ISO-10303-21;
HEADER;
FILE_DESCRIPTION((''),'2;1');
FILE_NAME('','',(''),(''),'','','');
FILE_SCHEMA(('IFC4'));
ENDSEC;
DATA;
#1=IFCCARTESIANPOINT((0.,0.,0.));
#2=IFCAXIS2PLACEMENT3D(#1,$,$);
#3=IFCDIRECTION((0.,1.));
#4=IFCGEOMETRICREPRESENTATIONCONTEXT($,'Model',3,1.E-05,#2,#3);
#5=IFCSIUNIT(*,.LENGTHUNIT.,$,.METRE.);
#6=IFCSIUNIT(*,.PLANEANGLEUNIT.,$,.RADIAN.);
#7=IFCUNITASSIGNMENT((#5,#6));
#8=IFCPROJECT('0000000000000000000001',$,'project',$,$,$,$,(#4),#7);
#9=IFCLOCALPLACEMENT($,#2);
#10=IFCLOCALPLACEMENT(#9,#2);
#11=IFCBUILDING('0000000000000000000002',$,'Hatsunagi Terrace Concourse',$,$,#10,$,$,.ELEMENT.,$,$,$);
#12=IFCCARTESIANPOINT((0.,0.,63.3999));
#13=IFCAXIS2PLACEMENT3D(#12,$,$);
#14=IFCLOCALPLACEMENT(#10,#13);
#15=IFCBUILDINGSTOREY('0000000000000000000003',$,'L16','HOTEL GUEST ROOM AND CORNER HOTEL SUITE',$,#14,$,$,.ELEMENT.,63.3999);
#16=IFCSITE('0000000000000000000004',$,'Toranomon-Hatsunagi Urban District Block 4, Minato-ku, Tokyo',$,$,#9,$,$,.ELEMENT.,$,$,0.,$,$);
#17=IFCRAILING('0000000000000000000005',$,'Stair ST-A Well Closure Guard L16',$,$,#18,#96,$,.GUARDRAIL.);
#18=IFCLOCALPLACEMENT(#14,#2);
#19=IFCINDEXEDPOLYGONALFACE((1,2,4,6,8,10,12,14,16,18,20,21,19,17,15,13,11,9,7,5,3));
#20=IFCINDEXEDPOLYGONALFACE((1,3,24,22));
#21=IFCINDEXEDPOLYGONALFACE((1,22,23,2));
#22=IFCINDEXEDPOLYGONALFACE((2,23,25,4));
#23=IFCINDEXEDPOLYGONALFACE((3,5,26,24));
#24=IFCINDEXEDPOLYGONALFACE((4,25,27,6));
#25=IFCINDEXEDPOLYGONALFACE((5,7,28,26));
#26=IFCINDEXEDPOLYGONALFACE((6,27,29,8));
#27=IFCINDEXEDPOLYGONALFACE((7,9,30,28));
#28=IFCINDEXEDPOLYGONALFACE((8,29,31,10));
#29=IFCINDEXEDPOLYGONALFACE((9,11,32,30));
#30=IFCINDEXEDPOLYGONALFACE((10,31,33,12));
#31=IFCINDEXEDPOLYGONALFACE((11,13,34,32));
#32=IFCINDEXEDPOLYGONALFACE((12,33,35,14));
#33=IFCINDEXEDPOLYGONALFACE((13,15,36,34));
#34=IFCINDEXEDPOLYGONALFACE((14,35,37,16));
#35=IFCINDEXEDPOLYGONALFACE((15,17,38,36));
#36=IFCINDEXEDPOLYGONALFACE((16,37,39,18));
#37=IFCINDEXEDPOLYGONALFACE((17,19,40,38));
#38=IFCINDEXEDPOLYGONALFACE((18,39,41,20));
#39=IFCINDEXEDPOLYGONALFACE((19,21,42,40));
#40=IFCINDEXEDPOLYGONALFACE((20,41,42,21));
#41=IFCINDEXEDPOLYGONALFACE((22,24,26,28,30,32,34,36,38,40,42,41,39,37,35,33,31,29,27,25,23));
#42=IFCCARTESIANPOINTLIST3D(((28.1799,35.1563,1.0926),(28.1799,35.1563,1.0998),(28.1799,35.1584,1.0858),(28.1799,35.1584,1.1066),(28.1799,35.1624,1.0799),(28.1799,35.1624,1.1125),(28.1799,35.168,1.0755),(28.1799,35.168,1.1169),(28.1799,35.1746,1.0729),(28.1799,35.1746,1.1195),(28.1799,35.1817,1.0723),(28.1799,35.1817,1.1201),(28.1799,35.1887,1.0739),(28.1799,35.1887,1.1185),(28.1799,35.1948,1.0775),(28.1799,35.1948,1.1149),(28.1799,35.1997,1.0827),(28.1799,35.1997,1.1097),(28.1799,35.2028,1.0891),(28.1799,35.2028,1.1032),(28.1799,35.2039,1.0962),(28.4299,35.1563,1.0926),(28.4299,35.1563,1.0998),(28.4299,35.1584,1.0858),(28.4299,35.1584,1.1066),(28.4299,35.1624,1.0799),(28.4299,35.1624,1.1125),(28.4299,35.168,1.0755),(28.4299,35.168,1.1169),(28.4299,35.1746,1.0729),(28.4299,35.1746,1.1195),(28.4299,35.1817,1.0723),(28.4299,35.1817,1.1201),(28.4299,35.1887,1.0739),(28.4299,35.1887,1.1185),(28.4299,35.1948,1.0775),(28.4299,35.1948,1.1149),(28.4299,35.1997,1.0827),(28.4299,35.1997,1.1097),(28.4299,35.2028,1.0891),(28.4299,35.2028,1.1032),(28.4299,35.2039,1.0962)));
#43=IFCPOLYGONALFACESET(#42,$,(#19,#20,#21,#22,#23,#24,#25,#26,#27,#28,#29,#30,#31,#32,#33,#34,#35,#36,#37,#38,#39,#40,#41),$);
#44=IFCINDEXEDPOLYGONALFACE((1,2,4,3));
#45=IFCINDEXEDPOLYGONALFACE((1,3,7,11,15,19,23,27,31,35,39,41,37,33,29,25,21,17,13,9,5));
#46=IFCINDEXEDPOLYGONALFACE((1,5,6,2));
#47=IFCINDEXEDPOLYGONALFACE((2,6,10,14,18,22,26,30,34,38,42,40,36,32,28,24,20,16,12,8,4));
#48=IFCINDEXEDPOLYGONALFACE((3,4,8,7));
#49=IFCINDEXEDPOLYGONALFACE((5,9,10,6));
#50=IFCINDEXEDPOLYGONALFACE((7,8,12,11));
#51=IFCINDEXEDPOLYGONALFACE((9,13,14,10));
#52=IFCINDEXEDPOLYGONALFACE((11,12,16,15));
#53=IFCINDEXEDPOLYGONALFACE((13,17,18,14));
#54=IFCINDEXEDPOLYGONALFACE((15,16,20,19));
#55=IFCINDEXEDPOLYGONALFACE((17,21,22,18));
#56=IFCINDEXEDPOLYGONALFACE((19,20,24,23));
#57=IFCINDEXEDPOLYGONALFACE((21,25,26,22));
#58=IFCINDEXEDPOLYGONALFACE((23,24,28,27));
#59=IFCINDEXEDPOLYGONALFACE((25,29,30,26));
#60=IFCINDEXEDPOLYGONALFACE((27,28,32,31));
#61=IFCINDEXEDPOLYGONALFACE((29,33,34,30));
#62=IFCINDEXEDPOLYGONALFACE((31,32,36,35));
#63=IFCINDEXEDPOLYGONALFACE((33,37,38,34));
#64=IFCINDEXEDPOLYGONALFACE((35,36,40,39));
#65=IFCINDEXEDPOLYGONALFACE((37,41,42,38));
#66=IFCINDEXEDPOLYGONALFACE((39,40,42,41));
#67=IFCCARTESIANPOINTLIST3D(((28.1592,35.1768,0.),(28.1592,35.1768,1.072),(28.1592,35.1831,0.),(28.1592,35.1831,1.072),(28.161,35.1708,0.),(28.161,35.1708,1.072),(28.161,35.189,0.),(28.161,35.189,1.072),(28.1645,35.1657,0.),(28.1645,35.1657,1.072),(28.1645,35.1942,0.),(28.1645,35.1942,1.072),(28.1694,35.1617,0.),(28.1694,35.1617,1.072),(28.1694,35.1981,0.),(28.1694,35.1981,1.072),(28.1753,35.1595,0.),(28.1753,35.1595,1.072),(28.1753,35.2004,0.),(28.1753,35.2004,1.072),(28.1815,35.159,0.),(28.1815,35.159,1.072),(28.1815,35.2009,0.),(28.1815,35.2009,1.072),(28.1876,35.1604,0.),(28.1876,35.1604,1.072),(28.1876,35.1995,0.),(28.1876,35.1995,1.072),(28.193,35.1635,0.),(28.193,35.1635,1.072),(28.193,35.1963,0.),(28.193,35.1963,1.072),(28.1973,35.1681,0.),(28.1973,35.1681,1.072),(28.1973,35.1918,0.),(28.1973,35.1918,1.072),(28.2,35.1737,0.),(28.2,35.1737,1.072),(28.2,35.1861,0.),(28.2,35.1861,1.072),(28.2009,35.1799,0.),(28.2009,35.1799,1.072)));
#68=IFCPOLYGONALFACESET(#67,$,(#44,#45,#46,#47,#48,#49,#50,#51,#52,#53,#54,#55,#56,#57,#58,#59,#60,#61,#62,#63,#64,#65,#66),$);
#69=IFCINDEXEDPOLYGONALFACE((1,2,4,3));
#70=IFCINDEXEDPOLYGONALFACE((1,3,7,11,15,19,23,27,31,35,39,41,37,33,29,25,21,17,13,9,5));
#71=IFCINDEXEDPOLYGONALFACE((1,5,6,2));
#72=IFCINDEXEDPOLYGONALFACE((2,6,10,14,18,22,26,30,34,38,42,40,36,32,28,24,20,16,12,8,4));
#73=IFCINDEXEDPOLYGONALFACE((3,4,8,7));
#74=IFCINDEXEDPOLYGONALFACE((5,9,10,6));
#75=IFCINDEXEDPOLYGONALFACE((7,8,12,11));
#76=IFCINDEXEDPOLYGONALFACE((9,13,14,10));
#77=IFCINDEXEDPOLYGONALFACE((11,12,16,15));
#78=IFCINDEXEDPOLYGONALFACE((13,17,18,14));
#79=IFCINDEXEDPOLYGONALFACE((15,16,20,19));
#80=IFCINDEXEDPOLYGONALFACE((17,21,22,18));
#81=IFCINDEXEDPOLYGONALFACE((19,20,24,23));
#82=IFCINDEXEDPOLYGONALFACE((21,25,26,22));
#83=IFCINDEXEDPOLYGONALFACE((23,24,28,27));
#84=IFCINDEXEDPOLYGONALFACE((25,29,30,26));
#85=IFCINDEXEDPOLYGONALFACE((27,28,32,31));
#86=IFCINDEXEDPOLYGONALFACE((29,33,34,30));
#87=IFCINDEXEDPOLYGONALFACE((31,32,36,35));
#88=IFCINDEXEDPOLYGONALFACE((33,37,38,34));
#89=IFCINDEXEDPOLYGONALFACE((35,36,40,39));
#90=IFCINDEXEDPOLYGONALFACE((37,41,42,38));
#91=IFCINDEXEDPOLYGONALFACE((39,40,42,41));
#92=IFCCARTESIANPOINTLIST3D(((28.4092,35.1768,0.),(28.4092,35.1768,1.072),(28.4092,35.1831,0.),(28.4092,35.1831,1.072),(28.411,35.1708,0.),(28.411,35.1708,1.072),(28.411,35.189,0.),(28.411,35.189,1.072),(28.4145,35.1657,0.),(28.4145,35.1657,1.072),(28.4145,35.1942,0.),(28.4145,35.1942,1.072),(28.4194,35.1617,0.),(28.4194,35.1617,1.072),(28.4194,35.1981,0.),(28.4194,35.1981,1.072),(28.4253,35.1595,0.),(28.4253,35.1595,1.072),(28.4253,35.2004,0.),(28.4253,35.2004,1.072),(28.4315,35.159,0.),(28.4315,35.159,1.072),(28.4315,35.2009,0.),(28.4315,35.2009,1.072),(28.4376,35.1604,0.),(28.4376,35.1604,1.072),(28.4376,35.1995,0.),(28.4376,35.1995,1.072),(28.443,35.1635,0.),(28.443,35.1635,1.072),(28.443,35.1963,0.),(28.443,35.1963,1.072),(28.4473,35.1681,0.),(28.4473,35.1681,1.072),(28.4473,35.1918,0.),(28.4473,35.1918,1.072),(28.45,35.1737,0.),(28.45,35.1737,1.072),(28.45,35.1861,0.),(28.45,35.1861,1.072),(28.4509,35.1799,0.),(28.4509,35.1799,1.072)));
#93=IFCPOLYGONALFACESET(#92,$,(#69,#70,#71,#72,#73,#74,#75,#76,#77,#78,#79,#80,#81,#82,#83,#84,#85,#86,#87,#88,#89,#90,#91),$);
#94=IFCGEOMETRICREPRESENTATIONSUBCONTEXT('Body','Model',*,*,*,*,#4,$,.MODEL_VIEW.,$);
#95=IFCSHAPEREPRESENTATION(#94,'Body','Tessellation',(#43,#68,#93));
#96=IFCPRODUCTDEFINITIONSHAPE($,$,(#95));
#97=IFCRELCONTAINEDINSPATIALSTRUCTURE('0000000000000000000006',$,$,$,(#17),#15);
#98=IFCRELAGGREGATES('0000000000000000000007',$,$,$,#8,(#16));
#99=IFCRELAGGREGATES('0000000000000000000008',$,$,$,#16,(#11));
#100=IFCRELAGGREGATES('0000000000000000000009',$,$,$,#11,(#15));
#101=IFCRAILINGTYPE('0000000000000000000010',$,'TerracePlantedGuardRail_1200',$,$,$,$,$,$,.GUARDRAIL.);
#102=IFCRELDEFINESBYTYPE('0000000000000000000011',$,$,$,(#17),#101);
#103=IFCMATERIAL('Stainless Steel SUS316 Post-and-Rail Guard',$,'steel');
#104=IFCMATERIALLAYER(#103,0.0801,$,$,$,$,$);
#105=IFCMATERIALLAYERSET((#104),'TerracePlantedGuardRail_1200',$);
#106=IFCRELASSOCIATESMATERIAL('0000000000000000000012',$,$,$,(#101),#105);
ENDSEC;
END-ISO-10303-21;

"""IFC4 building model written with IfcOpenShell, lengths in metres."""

from ifc_helpers import new_model, si_unit, direction, frame, origin, origin_2d, place, context, subcontext, project, spatial, circle, extrude, material, layer, layer_set, type_object, element, save


model = new_model("IFC4")

# Units and contexts
model_context = context("Model", 3, precision=1e-05, world=origin(), true_north=direction((0.0, 1.0)))
body_context = subcontext(model_context, "Body", "Model", "MODEL_VIEW")
ifc_project = project(units=[si_unit("LENGTHUNIT", "METRE"), si_unit("PLANEANGLEUNIT", "RADIAN")], contexts=[model_context])

# Site, building, storey
site_placement = place(None, origin())
site = spatial("IfcSite", under=ifc_project, at=site_placement, Name="Toranomon-Hatsunagi Urban District Block 4, Minato-ku, Tokyo", CompositionType="ELEMENT", RefElevation=0.0)
building_placement = place(site_placement, origin())
building = spatial("IfcBuilding", under=site, at=building_placement, Name="Hatsunagi Terrace Concourse", CompositionType="ELEMENT")
storey_placement = place(building_placement, frame((0.0, 0.0, 63.3999)))
storey = spatial("IfcBuildingStorey", under=building, at=storey_placement, Name="L16", Description="HOTEL GUEST ROOM AND CORNER HOTEL SUITE", CompositionType="ELEMENT", Elevation=63.3999)

# Railing
ifc_material_1 = material(Name="Stainless Steel SUS316 Post-and-Rail Guard", Category="steel")
ifc_layer_1 = layer(ifc_material_1, 0.0801)
ifc_layer_set_1 = layer_set([ifc_layer_1], Name="TerracePlantedGuardRail_1200")
railing_type_1 = type_object("IfcRailingType", Name="TerracePlantedGuardRail_1200", PredefinedType="GUARDRAIL", material=ifc_layer_set_1)
railing_1_placement = place(storey_placement, frame((28.1799, 35.1799, 0.0)))
element("IfcRailing", 1, at=railing_1_placement, inside=storey, type_object=railing_type_1, Name="Stair ST-A Well Closure Guard L16", PredefinedType="GUARDRAIL", context=body_context, shape_type="SweptSolid", body=[
    extrude(circle(Radius=0.0239, at=origin_2d()), frame((0.0, 0.0, 1.0962), z_axis=(1.0, 0.0, 0.0), x_axis=(0.0, 1.0, 0.0)), (0.0, 0.0, 1.0), 0.25),
    extrude(circle(Radius=0.021, at=origin_2d()), origin(), (0.0, 0.0, 1.0), 1.072),
    extrude(circle(Radius=0.021, at=origin_2d()), frame((0.25, 0.0, 0.0)), (0.0, 0.0, 1.0), 1.072),
])

save(model, "model.ifc")
